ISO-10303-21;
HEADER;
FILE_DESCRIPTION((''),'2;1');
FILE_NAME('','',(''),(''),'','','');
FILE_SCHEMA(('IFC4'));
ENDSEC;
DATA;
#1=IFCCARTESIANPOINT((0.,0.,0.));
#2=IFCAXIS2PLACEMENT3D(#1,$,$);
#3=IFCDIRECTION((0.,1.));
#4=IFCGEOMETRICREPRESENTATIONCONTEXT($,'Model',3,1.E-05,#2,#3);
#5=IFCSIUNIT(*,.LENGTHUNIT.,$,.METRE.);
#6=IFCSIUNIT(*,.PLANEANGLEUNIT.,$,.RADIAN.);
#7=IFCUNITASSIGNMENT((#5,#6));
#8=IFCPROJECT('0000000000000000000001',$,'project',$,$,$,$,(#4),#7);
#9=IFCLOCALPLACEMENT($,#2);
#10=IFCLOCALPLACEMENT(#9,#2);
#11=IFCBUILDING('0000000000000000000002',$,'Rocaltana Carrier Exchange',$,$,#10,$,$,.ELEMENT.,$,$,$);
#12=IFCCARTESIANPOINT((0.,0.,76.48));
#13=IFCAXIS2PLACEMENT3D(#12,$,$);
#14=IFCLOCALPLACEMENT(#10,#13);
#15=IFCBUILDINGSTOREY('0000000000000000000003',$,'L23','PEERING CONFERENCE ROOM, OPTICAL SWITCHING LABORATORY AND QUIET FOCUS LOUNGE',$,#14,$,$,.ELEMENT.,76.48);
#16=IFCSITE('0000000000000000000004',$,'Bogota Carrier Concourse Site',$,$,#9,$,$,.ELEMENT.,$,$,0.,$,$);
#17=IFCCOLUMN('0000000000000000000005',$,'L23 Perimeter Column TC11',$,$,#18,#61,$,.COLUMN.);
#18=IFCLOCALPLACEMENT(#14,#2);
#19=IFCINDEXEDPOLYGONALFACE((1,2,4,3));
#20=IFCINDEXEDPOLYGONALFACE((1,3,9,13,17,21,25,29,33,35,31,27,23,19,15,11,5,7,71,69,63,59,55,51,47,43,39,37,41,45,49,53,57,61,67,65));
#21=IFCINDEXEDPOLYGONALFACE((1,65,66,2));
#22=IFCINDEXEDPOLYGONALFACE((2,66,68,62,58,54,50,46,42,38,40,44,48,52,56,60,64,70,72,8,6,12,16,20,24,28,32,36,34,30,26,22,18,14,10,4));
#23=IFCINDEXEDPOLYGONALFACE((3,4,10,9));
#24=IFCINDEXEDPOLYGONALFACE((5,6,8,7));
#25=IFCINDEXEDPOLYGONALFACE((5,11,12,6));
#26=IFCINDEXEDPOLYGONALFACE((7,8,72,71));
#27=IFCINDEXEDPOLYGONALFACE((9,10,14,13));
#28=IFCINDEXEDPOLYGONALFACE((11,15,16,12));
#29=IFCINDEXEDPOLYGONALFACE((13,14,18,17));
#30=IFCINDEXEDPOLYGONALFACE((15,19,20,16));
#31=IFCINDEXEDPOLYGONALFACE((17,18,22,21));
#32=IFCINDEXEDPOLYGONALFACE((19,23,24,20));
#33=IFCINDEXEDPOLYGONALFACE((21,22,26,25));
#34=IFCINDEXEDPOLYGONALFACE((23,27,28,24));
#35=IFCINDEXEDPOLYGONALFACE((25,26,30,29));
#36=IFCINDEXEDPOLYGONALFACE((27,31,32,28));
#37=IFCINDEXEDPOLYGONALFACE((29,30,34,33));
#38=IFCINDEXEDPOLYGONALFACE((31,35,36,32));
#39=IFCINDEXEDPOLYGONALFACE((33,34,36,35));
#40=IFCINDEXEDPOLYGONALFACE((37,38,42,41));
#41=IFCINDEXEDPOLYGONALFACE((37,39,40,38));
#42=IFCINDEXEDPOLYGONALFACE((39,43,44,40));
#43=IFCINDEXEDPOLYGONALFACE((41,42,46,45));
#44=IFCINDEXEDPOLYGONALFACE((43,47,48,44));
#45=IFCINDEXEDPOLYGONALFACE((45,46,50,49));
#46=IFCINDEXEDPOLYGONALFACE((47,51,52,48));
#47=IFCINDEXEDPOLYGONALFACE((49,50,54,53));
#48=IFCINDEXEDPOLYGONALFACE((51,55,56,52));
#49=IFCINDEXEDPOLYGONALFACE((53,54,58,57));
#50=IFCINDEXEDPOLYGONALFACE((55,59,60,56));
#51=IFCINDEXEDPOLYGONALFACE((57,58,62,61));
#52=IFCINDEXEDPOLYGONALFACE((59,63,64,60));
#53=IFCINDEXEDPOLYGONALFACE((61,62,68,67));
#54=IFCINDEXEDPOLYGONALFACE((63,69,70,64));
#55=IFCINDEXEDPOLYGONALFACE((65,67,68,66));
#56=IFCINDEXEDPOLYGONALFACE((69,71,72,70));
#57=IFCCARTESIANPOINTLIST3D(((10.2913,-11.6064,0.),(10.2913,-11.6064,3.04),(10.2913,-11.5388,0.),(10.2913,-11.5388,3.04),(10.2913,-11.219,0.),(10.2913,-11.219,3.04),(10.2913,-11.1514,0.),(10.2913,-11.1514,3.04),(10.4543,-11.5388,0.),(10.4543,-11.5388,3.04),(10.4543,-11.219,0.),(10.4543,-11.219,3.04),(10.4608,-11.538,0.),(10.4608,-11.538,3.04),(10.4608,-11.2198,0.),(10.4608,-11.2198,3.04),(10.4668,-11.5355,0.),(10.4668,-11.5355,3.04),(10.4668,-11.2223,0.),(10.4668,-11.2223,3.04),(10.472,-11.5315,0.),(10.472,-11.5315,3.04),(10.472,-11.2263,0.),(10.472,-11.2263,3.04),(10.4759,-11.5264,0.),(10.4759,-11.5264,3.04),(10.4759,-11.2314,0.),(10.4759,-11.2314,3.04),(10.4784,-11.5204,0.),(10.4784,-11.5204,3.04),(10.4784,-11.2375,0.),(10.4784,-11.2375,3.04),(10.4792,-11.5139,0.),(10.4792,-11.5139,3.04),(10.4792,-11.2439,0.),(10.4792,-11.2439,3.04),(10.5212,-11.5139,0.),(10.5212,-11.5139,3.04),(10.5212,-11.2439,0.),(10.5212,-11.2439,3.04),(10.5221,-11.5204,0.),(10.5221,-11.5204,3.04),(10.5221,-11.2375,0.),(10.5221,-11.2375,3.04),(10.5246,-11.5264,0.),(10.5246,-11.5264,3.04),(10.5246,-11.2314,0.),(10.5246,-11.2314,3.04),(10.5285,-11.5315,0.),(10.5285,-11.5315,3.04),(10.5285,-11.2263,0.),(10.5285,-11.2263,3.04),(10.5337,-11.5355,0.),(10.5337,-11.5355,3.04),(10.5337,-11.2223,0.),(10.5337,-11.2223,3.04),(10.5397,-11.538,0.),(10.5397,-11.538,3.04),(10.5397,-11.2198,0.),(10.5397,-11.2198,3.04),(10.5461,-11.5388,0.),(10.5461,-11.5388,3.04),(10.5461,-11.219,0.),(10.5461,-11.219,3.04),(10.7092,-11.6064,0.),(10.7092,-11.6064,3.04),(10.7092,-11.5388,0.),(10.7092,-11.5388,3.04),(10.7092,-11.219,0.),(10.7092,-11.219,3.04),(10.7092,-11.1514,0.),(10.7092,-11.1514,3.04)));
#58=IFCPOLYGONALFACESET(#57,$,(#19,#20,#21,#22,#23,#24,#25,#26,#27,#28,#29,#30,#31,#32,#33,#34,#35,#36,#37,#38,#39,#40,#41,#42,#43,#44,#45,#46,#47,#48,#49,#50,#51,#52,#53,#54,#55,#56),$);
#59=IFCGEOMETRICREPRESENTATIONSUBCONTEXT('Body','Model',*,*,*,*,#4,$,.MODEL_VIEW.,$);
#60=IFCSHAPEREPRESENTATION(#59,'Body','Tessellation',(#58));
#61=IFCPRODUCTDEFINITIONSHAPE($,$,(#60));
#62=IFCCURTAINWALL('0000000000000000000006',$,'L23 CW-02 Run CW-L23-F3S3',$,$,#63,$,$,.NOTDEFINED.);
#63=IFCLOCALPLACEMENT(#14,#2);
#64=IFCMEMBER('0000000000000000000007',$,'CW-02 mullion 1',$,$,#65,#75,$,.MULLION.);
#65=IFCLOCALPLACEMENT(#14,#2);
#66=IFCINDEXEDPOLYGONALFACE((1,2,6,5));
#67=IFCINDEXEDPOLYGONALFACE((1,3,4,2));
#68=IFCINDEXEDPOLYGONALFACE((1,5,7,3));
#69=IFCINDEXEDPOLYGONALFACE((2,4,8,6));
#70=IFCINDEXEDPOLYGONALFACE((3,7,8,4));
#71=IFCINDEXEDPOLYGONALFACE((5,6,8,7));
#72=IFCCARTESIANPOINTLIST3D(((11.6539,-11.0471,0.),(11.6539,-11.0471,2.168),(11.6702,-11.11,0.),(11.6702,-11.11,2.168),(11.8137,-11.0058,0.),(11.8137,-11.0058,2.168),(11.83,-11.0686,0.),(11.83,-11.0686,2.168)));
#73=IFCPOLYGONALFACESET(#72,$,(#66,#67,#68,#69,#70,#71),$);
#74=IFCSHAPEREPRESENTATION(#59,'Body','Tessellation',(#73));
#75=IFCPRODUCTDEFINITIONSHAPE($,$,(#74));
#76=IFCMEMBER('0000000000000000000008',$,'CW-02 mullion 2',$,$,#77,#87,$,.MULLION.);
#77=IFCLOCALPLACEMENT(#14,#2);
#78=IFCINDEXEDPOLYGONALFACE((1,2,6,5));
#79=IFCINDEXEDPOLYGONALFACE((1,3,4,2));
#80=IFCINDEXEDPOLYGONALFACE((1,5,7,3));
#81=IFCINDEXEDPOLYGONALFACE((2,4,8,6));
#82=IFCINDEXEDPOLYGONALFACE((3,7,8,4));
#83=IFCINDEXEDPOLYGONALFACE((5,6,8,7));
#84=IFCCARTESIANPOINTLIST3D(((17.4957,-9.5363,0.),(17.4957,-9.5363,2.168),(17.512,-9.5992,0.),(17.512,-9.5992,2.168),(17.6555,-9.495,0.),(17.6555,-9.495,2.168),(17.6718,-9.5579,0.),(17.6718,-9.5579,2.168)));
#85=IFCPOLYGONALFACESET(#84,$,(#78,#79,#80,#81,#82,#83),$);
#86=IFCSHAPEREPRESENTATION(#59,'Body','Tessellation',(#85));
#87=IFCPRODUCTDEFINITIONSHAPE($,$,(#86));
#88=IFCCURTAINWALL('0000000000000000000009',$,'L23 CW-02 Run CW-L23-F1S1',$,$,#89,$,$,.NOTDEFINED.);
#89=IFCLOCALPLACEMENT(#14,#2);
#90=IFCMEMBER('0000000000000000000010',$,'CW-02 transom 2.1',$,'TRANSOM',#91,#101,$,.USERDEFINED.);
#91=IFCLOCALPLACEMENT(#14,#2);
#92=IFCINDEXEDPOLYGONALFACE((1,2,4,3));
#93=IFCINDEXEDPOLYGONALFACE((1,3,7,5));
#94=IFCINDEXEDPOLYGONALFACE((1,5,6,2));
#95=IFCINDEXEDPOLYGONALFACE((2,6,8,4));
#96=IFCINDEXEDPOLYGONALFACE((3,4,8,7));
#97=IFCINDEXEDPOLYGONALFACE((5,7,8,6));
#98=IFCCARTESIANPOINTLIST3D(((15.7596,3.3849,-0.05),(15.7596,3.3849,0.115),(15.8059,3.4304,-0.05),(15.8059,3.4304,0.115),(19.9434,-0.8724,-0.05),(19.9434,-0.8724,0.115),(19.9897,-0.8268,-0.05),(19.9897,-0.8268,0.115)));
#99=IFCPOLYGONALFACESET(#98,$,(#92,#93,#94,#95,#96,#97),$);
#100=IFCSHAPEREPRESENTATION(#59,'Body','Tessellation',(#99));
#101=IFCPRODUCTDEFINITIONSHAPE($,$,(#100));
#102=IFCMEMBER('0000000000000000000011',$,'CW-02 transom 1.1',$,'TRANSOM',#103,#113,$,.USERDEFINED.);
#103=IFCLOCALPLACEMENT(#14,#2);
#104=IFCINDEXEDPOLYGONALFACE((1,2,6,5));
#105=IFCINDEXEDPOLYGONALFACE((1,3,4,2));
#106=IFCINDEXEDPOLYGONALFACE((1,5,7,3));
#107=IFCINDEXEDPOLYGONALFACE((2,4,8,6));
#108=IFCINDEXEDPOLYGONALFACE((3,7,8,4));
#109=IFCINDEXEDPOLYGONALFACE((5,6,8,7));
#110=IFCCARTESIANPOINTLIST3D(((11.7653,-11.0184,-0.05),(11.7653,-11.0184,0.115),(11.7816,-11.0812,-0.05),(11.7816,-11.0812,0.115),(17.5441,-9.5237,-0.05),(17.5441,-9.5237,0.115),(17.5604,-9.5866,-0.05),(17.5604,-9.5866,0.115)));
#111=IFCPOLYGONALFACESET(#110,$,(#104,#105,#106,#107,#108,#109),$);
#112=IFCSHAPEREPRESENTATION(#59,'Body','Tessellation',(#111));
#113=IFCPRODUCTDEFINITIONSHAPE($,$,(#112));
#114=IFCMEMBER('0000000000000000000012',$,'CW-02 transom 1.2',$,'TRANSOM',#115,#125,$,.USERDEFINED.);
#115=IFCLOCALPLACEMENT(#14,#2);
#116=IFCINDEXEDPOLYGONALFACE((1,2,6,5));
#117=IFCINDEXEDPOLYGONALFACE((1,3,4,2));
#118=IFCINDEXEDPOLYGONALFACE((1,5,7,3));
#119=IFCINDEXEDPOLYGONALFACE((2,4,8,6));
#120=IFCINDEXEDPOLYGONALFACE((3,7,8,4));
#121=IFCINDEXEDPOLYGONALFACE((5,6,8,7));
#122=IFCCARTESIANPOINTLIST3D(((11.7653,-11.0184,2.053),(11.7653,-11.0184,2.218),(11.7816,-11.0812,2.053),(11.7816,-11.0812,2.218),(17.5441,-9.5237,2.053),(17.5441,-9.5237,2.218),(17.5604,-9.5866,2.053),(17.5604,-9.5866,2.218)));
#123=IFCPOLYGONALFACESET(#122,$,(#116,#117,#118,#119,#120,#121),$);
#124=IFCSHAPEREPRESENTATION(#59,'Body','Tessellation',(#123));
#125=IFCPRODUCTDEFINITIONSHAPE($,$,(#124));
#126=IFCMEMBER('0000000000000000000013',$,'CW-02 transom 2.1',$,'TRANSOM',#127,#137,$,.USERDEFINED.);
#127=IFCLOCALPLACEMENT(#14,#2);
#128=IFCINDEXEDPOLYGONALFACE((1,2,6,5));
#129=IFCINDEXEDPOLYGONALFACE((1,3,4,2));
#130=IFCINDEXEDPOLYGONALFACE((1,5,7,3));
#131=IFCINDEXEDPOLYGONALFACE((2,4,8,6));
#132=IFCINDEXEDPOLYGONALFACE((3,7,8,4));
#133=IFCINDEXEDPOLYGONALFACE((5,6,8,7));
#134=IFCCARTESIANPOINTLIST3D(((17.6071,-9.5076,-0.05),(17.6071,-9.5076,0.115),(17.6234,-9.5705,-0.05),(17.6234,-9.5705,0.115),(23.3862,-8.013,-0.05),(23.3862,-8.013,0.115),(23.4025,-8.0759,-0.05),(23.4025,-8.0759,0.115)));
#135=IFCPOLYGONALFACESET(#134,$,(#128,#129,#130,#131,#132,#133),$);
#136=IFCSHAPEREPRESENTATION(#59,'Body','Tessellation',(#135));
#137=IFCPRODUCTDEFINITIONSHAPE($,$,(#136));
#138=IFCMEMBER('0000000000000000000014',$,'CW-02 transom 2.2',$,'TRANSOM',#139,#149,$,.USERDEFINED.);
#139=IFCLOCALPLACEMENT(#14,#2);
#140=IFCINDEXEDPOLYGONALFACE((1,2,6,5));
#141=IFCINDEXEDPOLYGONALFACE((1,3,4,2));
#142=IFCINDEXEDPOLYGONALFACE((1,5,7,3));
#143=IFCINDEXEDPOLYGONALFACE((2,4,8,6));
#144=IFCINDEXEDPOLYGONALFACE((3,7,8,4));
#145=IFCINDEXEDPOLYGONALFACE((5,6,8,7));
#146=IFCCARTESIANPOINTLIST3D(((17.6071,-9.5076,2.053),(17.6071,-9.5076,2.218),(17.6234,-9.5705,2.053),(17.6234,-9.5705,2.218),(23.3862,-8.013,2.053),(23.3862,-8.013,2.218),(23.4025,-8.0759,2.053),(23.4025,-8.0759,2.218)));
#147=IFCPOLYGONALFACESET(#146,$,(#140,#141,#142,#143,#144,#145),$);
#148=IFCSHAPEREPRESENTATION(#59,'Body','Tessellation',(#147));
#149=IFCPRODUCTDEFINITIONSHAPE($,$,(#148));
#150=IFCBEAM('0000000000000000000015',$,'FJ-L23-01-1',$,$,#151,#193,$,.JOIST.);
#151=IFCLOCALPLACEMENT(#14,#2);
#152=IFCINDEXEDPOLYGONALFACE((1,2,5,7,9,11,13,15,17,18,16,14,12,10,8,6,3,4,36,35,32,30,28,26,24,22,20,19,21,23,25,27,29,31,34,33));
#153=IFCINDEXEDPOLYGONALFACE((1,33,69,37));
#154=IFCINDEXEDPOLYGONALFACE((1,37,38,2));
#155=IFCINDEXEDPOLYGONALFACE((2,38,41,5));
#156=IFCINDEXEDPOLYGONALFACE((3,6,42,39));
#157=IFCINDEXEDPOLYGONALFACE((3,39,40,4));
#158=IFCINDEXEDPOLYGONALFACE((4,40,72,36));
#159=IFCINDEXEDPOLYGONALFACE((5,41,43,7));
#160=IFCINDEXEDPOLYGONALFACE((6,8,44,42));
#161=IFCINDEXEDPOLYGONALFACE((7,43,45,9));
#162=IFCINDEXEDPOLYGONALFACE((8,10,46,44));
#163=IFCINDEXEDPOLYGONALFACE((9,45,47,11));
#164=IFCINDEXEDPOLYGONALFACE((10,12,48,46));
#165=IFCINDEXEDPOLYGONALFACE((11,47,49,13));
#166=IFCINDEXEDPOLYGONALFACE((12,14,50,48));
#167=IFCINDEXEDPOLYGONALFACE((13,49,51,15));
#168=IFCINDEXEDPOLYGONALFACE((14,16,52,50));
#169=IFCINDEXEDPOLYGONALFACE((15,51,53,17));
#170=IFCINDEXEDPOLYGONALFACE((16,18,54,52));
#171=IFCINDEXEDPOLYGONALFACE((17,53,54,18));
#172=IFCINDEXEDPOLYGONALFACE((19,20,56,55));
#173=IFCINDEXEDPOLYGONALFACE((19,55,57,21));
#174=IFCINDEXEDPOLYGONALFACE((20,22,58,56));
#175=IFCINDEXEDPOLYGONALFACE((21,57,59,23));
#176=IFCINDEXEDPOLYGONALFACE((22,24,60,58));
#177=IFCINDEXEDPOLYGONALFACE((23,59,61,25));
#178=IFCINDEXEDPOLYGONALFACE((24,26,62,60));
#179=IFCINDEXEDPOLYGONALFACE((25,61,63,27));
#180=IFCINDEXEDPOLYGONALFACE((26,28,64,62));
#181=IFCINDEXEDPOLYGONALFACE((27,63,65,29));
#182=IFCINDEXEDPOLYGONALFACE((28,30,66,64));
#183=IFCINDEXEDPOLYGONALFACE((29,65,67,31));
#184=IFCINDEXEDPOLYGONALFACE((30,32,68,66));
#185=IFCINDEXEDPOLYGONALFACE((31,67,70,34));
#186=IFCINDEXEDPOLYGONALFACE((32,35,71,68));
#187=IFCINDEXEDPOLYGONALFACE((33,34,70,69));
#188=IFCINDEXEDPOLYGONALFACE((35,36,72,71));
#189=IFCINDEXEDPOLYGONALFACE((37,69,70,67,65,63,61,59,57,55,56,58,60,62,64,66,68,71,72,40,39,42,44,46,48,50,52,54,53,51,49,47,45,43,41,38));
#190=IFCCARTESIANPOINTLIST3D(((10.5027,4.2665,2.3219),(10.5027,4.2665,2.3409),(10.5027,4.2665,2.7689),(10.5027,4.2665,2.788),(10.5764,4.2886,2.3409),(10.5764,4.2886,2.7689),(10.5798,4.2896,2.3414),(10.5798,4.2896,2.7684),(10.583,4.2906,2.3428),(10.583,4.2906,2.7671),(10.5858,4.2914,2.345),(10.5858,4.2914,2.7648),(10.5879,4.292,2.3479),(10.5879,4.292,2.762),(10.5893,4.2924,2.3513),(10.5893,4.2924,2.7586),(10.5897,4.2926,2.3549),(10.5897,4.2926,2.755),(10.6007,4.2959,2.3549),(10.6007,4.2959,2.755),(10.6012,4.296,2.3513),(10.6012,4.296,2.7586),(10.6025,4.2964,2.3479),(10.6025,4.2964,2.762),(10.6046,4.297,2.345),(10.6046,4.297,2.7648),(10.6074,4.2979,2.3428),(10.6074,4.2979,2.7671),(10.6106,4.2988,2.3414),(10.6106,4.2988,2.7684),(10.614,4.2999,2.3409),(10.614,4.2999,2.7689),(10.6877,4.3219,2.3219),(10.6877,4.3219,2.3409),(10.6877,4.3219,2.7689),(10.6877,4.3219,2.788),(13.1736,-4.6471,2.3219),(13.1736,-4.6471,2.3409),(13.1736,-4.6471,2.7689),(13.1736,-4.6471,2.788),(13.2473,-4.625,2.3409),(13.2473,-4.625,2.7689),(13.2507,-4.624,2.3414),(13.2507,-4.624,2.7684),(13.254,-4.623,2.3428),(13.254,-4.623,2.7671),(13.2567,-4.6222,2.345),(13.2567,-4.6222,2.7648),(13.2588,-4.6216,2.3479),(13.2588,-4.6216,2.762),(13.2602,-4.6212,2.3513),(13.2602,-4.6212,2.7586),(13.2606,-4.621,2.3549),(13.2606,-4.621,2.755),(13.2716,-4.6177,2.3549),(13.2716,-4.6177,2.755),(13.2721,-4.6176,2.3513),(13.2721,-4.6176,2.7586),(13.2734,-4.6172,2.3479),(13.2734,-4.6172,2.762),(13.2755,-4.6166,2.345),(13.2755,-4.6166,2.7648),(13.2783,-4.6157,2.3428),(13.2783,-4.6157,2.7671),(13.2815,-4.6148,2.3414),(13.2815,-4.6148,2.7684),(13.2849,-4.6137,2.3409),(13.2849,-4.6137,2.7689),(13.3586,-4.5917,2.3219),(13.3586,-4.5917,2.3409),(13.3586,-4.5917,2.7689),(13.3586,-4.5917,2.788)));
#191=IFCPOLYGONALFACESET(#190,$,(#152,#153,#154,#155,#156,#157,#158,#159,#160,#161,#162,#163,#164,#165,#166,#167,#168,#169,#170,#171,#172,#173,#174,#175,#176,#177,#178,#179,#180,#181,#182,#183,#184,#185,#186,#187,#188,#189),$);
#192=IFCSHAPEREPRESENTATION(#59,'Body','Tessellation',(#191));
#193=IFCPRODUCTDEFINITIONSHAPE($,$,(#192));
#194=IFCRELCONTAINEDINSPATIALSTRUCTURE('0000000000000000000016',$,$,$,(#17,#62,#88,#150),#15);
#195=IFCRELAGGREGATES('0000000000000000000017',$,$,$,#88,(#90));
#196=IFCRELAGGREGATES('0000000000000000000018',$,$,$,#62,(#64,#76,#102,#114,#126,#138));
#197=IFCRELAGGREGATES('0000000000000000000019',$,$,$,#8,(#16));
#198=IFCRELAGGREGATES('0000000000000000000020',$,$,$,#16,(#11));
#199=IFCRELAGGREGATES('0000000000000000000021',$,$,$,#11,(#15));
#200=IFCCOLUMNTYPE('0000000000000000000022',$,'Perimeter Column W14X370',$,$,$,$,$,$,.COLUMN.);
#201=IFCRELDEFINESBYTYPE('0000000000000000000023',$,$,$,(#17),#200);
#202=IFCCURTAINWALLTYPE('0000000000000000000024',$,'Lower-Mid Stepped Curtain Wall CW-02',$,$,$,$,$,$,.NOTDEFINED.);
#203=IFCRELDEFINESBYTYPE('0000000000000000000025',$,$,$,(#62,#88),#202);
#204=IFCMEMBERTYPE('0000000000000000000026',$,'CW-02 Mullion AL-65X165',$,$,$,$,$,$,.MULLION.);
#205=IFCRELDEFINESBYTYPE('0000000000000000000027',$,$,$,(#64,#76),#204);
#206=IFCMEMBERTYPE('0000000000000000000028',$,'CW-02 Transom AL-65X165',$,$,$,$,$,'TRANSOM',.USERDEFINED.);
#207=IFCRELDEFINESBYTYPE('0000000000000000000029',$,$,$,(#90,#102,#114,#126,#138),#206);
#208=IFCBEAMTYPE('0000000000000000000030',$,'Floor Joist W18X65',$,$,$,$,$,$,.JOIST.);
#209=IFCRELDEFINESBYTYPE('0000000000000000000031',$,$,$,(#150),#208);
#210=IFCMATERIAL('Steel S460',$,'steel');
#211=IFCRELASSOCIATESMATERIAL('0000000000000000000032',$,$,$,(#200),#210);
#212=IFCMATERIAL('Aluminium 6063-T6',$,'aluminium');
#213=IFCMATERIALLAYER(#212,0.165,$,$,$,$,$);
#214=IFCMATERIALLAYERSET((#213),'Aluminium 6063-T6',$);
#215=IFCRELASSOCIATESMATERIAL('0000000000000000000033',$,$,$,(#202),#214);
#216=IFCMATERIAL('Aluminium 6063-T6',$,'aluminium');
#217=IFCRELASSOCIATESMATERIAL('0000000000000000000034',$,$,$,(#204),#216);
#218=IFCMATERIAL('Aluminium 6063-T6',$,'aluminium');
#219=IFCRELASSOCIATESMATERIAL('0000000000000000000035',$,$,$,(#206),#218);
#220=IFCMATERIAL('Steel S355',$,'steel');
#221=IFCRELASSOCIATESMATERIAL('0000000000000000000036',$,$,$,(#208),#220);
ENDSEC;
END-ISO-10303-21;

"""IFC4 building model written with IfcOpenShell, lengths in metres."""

from ifc_helpers import new_model, si_unit, direction, frame, origin, origin_2d, place, context, subcontext, project, spatial, rectangle, i_section, extrude, material, layer, layer_set, material_profile, profile_set, type_object, element, aggregate, save


model = new_model("IFC4")

# Units and contexts
model_context = context("Model", 3, precision=1e-05, world=origin(), true_north=direction((0.0, 1.0)))
body_context = subcontext(model_context, "Body", "Model", "MODEL_VIEW")
ifc_project = project(units=[si_unit("LENGTHUNIT", "METRE"), si_unit("PLANEANGLEUNIT", "RADIAN")], contexts=[model_context])

# Site, building, storey
site_placement = place(None, origin())
site = spatial("IfcSite", under=ifc_project, at=site_placement, Name="Bogota Carrier Concourse Site", CompositionType="ELEMENT", RefElevation=0.0)
building_placement = place(site_placement, origin())
building = spatial("IfcBuilding", under=site, at=building_placement, Name="Rocaltana Carrier Exchange", CompositionType="ELEMENT")
storey_placement = place(building_placement, frame((0.0, 0.0, 76.48)))
storey = spatial("IfcBuildingStorey", under=building, at=storey_placement, Name="L23", Description="PEERING CONFERENCE ROOM, OPTICAL SWITCHING LABORATORY AND QUIET FOCUS LOUNGE", CompositionType="ELEMENT", Elevation=76.48)

# Column
ifc_material_1 = material(Name="Steel S460", Category="steel")
ifc_material_profile_1 = material_profile(ifc_material_1, i_section(OverallWidth=0.418, OverallDepth=0.4551, WebThickness=0.042, FlangeThickness=0.0676, FilletRadius=0.0249, at=origin_2d()), Name="W14X370")
ifc_profile_set_1 = profile_set([ifc_material_profile_1], Name="Steel S460")
column_type = type_object("IfcColumnType", Name="Perimeter Column W14X370", PredefinedType="COLUMN", material=ifc_profile_set_1)
column_placement = place(storey_placement, frame((10.5002, -11.3789, 0.0), z_axis=(0.0, 0.0, 1.0), x_axis=(1.0, 0.0, 0.0)))
element("IfcColumn", 1, at=column_placement, inside=storey, type_object=column_type, Name="L23 Perimeter Column TC11", PredefinedType="COLUMN", context=body_context, shape_type="SweptSolid", body=[
    extrude(i_section(OverallWidth=0.418, OverallDepth=0.4551, WebThickness=0.042, FlangeThickness=0.0676, FilletRadius=0.0249, at=origin_2d()), origin(), (0.0, 0.0, 1.0), 3.04),
])

# Curtain wall, members
ifc_material_2 = material(Name="Aluminium 6063-T6", Category="aluminium")
ifc_layer_1 = layer(ifc_material_2, 0.165)
ifc_layer_set_1 = layer_set([ifc_layer_1], Name="Aluminium 6063-T6")
curtain_wall_type = type_object("IfcCurtainWallType", Name="Lower-Mid Stepped Curtain Wall CW-02", PredefinedType="NOTDEFINED", material=ifc_layer_set_1)
curtain_wall_1_placement = place(storey_placement, origin())
curtain_wall_1 = element("IfcCurtainWall", 2, at=curtain_wall_1_placement, inside=storey, type_object=curtain_wall_type, Name="L23 CW-02 Run CW-L23-F3S3", PredefinedType="NOTDEFINED")
ifc_material_3 = material(Name="Aluminium 6063-T6", Category="aluminium")
ifc_material_profile_2 = material_profile(ifc_material_3, rectangle(XDim=0.0649, YDim=0.165, at=origin_2d()), Name="AL-65X165")
ifc_profile_set_2 = profile_set([ifc_material_profile_2], Name="Aluminium 6063-T6")
member_type_1 = type_object("IfcMemberType", Name="CW-02 Mullion AL-65X165", PredefinedType="MULLION", material=ifc_profile_set_2)
member_1_placement = place(storey_placement, frame((11.7419, -11.0579, 0.0), z_axis=(0.0, 0.0, 1.0), x_axis=(-0.25037, 0.96815, 0.0)))
member_1 = element("IfcMember", 3, at=member_1_placement, type_object=member_type_1, Name="CW-02 mullion 1", PredefinedType="MULLION", context=body_context, shape_type="SweptSolid", body=[
    extrude(rectangle(XDim=0.0649, YDim=0.165, at=origin_2d()), origin(), (0.0, 0.0, 1.0), 2.168),
])
member_2_placement = place(storey_placement, frame((17.5837, -9.5471, 0.0), z_axis=(0.0, 0.0, 1.0), x_axis=(-0.25037, 0.96815, 0.0)))
member_2 = element("IfcMember", 4, at=member_2_placement, type_object=member_type_1, Name="CW-02 mullion 2", PredefinedType="MULLION", context=body_context, shape_type="SweptSolid", body=[
    extrude(rectangle(XDim=0.0649, YDim=0.165, at=origin_2d()), origin(), (0.0, 0.0, 1.0), 2.168),
])

# Curtain wall, member
curtain_wall_2_placement = place(storey_placement, origin())
curtain_wall_2 = element("IfcCurtainWall", 5, at=curtain_wall_2_placement, inside=storey, type_object=curtain_wall_type, Name="L23 CW-02 Run CW-L23-F1S1", PredefinedType="NOTDEFINED")
ifc_material_4 = material(Name="Aluminium 6063-T6", Category="aluminium")
ifc_material_profile_3 = material_profile(ifc_material_4, rectangle(XDim=0.0649, YDim=0.165, at=origin_2d()), Name="AL-65X165")
ifc_profile_set_3 = profile_set([ifc_material_profile_3], Name="Aluminium 6063-T6")
member_type_2 = type_object("IfcMemberType", Name="CW-02 Transom AL-65X165", ElementType="TRANSOM", PredefinedType="USERDEFINED", material=ifc_profile_set_3)
member_3_placement = place(storey_placement, frame((19.9666, -0.8496, 0.0325), z_axis=(-0.700924, 0.713236, 0.0), x_axis=(-0.713236, -0.700924, 0.0)))
member_3 = element("IfcMember", 6, at=member_3_placement, type_object=member_type_2, Name="CW-02 transom 2.1", ObjectType="TRANSOM", PredefinedType="USERDEFINED", context=body_context, shape_type="SweptSolid", body=[
    extrude(rectangle(XDim=0.0649, YDim=0.165, at=origin_2d()), origin(), (0.0, 0.0, 1.0), 5.969),
])
aggregate(curtain_wall_2, [member_3])

# Members
member_4_placement = place(storey_placement, frame((11.7734, -11.0498, 0.0325), z_axis=(0.968142, 0.2504, 0.0), x_axis=(-0.2504, 0.968142, 0.0)))
member_4 = element("IfcMember", 7, at=member_4_placement, type_object=member_type_2, Name="CW-02 transom 1.1", ObjectType="TRANSOM", PredefinedType="USERDEFINED", context=body_context, shape_type="SweptSolid", body=[
    extrude(rectangle(XDim=0.0649, YDim=0.165, at=origin_2d()), origin(), (0.0, 0.0, 1.0), 5.969),
])
member_5_placement = place(storey_placement, frame((11.7734, -11.0498, 2.1355), z_axis=(0.968142, 0.2504, 0.0), x_axis=(-0.2504, 0.968142, 0.0)))
member_5 = element("IfcMember", 8, at=member_5_placement, type_object=member_type_2, Name="CW-02 transom 1.2", ObjectType="TRANSOM", PredefinedType="USERDEFINED", context=body_context, shape_type="SweptSolid", body=[
    extrude(rectangle(XDim=0.0649, YDim=0.165, at=origin_2d()), origin(), (0.0, 0.0, 1.0), 5.969),
])
member_6_placement = place(storey_placement, frame((17.6152, -9.5391, 0.0325), z_axis=(0.968145, 0.25039, 0.0), x_axis=(-0.25039, 0.968145, 0.0)))
member_6 = element("IfcMember", 9, at=member_6_placement, type_object=member_type_2, Name="CW-02 transom 2.1", ObjectType="TRANSOM", PredefinedType="USERDEFINED", context=body_context, shape_type="SweptSolid", body=[
    extrude(rectangle(XDim=0.0649, YDim=0.165, at=origin_2d()), origin(), (0.0, 0.0, 1.0), 5.9692),
])
member_7_placement = place(storey_placement, frame((17.6152, -9.5391, 2.1355), z_axis=(0.968145, 0.25039, 0.0), x_axis=(-0.25039, 0.968145, 0.0)))
member_7 = element("IfcMember", 10, at=member_7_placement, type_object=member_type_2, Name="CW-02 transom 2.2", ObjectType="TRANSOM", PredefinedType="USERDEFINED", context=body_context, shape_type="SweptSolid", body=[
    extrude(rectangle(XDim=0.0649, YDim=0.165, at=origin_2d()), origin(), (0.0, 0.0, 1.0), 5.9692),
])

# Beam
ifc_material_5 = material(Name="Steel S355", Category="steel")
ifc_material_profile_4 = material_profile(ifc_material_5, i_section(OverallWidth=0.1931, OverallDepth=0.4661, WebThickness=0.0115, FlangeThickness=0.019, FilletRadius=0.0139, at=origin_2d()), Name="W18X65")
ifc_profile_set_4 = profile_set([ifc_material_profile_4], Name="Steel S355")
beam_type_1 = type_object("IfcBeamType", Name="Floor Joist W18X65", PredefinedType="JOIST", material=ifc_profile_set_4)
beam_1_placement = place(storey_placement, frame((13.2661, -4.6194, 2.5549), z_axis=(-0.287035, 0.95792, 0.0), x_axis=(-0.95792, -0.287035, 0.0)))
element("IfcBeam", 11, at=beam_1_placement, inside=storey, type_object=beam_type_1, Name="FJ-L23-01-1", PredefinedType="JOIST", context=body_context, shape_type="SweptSolid", body=[
    extrude(i_section(OverallWidth=0.1931, OverallDepth=0.4661, WebThickness=0.0115, FlangeThickness=0.019, FilletRadius=0.0139, at=origin_2d()), origin(), (0.0, 0.0, 1.0), 9.3052),
])

aggregate(curtain_wall_1, [member_1, member_2, member_4, member_5, member_6, member_7])

save(model, "model.ifc")
